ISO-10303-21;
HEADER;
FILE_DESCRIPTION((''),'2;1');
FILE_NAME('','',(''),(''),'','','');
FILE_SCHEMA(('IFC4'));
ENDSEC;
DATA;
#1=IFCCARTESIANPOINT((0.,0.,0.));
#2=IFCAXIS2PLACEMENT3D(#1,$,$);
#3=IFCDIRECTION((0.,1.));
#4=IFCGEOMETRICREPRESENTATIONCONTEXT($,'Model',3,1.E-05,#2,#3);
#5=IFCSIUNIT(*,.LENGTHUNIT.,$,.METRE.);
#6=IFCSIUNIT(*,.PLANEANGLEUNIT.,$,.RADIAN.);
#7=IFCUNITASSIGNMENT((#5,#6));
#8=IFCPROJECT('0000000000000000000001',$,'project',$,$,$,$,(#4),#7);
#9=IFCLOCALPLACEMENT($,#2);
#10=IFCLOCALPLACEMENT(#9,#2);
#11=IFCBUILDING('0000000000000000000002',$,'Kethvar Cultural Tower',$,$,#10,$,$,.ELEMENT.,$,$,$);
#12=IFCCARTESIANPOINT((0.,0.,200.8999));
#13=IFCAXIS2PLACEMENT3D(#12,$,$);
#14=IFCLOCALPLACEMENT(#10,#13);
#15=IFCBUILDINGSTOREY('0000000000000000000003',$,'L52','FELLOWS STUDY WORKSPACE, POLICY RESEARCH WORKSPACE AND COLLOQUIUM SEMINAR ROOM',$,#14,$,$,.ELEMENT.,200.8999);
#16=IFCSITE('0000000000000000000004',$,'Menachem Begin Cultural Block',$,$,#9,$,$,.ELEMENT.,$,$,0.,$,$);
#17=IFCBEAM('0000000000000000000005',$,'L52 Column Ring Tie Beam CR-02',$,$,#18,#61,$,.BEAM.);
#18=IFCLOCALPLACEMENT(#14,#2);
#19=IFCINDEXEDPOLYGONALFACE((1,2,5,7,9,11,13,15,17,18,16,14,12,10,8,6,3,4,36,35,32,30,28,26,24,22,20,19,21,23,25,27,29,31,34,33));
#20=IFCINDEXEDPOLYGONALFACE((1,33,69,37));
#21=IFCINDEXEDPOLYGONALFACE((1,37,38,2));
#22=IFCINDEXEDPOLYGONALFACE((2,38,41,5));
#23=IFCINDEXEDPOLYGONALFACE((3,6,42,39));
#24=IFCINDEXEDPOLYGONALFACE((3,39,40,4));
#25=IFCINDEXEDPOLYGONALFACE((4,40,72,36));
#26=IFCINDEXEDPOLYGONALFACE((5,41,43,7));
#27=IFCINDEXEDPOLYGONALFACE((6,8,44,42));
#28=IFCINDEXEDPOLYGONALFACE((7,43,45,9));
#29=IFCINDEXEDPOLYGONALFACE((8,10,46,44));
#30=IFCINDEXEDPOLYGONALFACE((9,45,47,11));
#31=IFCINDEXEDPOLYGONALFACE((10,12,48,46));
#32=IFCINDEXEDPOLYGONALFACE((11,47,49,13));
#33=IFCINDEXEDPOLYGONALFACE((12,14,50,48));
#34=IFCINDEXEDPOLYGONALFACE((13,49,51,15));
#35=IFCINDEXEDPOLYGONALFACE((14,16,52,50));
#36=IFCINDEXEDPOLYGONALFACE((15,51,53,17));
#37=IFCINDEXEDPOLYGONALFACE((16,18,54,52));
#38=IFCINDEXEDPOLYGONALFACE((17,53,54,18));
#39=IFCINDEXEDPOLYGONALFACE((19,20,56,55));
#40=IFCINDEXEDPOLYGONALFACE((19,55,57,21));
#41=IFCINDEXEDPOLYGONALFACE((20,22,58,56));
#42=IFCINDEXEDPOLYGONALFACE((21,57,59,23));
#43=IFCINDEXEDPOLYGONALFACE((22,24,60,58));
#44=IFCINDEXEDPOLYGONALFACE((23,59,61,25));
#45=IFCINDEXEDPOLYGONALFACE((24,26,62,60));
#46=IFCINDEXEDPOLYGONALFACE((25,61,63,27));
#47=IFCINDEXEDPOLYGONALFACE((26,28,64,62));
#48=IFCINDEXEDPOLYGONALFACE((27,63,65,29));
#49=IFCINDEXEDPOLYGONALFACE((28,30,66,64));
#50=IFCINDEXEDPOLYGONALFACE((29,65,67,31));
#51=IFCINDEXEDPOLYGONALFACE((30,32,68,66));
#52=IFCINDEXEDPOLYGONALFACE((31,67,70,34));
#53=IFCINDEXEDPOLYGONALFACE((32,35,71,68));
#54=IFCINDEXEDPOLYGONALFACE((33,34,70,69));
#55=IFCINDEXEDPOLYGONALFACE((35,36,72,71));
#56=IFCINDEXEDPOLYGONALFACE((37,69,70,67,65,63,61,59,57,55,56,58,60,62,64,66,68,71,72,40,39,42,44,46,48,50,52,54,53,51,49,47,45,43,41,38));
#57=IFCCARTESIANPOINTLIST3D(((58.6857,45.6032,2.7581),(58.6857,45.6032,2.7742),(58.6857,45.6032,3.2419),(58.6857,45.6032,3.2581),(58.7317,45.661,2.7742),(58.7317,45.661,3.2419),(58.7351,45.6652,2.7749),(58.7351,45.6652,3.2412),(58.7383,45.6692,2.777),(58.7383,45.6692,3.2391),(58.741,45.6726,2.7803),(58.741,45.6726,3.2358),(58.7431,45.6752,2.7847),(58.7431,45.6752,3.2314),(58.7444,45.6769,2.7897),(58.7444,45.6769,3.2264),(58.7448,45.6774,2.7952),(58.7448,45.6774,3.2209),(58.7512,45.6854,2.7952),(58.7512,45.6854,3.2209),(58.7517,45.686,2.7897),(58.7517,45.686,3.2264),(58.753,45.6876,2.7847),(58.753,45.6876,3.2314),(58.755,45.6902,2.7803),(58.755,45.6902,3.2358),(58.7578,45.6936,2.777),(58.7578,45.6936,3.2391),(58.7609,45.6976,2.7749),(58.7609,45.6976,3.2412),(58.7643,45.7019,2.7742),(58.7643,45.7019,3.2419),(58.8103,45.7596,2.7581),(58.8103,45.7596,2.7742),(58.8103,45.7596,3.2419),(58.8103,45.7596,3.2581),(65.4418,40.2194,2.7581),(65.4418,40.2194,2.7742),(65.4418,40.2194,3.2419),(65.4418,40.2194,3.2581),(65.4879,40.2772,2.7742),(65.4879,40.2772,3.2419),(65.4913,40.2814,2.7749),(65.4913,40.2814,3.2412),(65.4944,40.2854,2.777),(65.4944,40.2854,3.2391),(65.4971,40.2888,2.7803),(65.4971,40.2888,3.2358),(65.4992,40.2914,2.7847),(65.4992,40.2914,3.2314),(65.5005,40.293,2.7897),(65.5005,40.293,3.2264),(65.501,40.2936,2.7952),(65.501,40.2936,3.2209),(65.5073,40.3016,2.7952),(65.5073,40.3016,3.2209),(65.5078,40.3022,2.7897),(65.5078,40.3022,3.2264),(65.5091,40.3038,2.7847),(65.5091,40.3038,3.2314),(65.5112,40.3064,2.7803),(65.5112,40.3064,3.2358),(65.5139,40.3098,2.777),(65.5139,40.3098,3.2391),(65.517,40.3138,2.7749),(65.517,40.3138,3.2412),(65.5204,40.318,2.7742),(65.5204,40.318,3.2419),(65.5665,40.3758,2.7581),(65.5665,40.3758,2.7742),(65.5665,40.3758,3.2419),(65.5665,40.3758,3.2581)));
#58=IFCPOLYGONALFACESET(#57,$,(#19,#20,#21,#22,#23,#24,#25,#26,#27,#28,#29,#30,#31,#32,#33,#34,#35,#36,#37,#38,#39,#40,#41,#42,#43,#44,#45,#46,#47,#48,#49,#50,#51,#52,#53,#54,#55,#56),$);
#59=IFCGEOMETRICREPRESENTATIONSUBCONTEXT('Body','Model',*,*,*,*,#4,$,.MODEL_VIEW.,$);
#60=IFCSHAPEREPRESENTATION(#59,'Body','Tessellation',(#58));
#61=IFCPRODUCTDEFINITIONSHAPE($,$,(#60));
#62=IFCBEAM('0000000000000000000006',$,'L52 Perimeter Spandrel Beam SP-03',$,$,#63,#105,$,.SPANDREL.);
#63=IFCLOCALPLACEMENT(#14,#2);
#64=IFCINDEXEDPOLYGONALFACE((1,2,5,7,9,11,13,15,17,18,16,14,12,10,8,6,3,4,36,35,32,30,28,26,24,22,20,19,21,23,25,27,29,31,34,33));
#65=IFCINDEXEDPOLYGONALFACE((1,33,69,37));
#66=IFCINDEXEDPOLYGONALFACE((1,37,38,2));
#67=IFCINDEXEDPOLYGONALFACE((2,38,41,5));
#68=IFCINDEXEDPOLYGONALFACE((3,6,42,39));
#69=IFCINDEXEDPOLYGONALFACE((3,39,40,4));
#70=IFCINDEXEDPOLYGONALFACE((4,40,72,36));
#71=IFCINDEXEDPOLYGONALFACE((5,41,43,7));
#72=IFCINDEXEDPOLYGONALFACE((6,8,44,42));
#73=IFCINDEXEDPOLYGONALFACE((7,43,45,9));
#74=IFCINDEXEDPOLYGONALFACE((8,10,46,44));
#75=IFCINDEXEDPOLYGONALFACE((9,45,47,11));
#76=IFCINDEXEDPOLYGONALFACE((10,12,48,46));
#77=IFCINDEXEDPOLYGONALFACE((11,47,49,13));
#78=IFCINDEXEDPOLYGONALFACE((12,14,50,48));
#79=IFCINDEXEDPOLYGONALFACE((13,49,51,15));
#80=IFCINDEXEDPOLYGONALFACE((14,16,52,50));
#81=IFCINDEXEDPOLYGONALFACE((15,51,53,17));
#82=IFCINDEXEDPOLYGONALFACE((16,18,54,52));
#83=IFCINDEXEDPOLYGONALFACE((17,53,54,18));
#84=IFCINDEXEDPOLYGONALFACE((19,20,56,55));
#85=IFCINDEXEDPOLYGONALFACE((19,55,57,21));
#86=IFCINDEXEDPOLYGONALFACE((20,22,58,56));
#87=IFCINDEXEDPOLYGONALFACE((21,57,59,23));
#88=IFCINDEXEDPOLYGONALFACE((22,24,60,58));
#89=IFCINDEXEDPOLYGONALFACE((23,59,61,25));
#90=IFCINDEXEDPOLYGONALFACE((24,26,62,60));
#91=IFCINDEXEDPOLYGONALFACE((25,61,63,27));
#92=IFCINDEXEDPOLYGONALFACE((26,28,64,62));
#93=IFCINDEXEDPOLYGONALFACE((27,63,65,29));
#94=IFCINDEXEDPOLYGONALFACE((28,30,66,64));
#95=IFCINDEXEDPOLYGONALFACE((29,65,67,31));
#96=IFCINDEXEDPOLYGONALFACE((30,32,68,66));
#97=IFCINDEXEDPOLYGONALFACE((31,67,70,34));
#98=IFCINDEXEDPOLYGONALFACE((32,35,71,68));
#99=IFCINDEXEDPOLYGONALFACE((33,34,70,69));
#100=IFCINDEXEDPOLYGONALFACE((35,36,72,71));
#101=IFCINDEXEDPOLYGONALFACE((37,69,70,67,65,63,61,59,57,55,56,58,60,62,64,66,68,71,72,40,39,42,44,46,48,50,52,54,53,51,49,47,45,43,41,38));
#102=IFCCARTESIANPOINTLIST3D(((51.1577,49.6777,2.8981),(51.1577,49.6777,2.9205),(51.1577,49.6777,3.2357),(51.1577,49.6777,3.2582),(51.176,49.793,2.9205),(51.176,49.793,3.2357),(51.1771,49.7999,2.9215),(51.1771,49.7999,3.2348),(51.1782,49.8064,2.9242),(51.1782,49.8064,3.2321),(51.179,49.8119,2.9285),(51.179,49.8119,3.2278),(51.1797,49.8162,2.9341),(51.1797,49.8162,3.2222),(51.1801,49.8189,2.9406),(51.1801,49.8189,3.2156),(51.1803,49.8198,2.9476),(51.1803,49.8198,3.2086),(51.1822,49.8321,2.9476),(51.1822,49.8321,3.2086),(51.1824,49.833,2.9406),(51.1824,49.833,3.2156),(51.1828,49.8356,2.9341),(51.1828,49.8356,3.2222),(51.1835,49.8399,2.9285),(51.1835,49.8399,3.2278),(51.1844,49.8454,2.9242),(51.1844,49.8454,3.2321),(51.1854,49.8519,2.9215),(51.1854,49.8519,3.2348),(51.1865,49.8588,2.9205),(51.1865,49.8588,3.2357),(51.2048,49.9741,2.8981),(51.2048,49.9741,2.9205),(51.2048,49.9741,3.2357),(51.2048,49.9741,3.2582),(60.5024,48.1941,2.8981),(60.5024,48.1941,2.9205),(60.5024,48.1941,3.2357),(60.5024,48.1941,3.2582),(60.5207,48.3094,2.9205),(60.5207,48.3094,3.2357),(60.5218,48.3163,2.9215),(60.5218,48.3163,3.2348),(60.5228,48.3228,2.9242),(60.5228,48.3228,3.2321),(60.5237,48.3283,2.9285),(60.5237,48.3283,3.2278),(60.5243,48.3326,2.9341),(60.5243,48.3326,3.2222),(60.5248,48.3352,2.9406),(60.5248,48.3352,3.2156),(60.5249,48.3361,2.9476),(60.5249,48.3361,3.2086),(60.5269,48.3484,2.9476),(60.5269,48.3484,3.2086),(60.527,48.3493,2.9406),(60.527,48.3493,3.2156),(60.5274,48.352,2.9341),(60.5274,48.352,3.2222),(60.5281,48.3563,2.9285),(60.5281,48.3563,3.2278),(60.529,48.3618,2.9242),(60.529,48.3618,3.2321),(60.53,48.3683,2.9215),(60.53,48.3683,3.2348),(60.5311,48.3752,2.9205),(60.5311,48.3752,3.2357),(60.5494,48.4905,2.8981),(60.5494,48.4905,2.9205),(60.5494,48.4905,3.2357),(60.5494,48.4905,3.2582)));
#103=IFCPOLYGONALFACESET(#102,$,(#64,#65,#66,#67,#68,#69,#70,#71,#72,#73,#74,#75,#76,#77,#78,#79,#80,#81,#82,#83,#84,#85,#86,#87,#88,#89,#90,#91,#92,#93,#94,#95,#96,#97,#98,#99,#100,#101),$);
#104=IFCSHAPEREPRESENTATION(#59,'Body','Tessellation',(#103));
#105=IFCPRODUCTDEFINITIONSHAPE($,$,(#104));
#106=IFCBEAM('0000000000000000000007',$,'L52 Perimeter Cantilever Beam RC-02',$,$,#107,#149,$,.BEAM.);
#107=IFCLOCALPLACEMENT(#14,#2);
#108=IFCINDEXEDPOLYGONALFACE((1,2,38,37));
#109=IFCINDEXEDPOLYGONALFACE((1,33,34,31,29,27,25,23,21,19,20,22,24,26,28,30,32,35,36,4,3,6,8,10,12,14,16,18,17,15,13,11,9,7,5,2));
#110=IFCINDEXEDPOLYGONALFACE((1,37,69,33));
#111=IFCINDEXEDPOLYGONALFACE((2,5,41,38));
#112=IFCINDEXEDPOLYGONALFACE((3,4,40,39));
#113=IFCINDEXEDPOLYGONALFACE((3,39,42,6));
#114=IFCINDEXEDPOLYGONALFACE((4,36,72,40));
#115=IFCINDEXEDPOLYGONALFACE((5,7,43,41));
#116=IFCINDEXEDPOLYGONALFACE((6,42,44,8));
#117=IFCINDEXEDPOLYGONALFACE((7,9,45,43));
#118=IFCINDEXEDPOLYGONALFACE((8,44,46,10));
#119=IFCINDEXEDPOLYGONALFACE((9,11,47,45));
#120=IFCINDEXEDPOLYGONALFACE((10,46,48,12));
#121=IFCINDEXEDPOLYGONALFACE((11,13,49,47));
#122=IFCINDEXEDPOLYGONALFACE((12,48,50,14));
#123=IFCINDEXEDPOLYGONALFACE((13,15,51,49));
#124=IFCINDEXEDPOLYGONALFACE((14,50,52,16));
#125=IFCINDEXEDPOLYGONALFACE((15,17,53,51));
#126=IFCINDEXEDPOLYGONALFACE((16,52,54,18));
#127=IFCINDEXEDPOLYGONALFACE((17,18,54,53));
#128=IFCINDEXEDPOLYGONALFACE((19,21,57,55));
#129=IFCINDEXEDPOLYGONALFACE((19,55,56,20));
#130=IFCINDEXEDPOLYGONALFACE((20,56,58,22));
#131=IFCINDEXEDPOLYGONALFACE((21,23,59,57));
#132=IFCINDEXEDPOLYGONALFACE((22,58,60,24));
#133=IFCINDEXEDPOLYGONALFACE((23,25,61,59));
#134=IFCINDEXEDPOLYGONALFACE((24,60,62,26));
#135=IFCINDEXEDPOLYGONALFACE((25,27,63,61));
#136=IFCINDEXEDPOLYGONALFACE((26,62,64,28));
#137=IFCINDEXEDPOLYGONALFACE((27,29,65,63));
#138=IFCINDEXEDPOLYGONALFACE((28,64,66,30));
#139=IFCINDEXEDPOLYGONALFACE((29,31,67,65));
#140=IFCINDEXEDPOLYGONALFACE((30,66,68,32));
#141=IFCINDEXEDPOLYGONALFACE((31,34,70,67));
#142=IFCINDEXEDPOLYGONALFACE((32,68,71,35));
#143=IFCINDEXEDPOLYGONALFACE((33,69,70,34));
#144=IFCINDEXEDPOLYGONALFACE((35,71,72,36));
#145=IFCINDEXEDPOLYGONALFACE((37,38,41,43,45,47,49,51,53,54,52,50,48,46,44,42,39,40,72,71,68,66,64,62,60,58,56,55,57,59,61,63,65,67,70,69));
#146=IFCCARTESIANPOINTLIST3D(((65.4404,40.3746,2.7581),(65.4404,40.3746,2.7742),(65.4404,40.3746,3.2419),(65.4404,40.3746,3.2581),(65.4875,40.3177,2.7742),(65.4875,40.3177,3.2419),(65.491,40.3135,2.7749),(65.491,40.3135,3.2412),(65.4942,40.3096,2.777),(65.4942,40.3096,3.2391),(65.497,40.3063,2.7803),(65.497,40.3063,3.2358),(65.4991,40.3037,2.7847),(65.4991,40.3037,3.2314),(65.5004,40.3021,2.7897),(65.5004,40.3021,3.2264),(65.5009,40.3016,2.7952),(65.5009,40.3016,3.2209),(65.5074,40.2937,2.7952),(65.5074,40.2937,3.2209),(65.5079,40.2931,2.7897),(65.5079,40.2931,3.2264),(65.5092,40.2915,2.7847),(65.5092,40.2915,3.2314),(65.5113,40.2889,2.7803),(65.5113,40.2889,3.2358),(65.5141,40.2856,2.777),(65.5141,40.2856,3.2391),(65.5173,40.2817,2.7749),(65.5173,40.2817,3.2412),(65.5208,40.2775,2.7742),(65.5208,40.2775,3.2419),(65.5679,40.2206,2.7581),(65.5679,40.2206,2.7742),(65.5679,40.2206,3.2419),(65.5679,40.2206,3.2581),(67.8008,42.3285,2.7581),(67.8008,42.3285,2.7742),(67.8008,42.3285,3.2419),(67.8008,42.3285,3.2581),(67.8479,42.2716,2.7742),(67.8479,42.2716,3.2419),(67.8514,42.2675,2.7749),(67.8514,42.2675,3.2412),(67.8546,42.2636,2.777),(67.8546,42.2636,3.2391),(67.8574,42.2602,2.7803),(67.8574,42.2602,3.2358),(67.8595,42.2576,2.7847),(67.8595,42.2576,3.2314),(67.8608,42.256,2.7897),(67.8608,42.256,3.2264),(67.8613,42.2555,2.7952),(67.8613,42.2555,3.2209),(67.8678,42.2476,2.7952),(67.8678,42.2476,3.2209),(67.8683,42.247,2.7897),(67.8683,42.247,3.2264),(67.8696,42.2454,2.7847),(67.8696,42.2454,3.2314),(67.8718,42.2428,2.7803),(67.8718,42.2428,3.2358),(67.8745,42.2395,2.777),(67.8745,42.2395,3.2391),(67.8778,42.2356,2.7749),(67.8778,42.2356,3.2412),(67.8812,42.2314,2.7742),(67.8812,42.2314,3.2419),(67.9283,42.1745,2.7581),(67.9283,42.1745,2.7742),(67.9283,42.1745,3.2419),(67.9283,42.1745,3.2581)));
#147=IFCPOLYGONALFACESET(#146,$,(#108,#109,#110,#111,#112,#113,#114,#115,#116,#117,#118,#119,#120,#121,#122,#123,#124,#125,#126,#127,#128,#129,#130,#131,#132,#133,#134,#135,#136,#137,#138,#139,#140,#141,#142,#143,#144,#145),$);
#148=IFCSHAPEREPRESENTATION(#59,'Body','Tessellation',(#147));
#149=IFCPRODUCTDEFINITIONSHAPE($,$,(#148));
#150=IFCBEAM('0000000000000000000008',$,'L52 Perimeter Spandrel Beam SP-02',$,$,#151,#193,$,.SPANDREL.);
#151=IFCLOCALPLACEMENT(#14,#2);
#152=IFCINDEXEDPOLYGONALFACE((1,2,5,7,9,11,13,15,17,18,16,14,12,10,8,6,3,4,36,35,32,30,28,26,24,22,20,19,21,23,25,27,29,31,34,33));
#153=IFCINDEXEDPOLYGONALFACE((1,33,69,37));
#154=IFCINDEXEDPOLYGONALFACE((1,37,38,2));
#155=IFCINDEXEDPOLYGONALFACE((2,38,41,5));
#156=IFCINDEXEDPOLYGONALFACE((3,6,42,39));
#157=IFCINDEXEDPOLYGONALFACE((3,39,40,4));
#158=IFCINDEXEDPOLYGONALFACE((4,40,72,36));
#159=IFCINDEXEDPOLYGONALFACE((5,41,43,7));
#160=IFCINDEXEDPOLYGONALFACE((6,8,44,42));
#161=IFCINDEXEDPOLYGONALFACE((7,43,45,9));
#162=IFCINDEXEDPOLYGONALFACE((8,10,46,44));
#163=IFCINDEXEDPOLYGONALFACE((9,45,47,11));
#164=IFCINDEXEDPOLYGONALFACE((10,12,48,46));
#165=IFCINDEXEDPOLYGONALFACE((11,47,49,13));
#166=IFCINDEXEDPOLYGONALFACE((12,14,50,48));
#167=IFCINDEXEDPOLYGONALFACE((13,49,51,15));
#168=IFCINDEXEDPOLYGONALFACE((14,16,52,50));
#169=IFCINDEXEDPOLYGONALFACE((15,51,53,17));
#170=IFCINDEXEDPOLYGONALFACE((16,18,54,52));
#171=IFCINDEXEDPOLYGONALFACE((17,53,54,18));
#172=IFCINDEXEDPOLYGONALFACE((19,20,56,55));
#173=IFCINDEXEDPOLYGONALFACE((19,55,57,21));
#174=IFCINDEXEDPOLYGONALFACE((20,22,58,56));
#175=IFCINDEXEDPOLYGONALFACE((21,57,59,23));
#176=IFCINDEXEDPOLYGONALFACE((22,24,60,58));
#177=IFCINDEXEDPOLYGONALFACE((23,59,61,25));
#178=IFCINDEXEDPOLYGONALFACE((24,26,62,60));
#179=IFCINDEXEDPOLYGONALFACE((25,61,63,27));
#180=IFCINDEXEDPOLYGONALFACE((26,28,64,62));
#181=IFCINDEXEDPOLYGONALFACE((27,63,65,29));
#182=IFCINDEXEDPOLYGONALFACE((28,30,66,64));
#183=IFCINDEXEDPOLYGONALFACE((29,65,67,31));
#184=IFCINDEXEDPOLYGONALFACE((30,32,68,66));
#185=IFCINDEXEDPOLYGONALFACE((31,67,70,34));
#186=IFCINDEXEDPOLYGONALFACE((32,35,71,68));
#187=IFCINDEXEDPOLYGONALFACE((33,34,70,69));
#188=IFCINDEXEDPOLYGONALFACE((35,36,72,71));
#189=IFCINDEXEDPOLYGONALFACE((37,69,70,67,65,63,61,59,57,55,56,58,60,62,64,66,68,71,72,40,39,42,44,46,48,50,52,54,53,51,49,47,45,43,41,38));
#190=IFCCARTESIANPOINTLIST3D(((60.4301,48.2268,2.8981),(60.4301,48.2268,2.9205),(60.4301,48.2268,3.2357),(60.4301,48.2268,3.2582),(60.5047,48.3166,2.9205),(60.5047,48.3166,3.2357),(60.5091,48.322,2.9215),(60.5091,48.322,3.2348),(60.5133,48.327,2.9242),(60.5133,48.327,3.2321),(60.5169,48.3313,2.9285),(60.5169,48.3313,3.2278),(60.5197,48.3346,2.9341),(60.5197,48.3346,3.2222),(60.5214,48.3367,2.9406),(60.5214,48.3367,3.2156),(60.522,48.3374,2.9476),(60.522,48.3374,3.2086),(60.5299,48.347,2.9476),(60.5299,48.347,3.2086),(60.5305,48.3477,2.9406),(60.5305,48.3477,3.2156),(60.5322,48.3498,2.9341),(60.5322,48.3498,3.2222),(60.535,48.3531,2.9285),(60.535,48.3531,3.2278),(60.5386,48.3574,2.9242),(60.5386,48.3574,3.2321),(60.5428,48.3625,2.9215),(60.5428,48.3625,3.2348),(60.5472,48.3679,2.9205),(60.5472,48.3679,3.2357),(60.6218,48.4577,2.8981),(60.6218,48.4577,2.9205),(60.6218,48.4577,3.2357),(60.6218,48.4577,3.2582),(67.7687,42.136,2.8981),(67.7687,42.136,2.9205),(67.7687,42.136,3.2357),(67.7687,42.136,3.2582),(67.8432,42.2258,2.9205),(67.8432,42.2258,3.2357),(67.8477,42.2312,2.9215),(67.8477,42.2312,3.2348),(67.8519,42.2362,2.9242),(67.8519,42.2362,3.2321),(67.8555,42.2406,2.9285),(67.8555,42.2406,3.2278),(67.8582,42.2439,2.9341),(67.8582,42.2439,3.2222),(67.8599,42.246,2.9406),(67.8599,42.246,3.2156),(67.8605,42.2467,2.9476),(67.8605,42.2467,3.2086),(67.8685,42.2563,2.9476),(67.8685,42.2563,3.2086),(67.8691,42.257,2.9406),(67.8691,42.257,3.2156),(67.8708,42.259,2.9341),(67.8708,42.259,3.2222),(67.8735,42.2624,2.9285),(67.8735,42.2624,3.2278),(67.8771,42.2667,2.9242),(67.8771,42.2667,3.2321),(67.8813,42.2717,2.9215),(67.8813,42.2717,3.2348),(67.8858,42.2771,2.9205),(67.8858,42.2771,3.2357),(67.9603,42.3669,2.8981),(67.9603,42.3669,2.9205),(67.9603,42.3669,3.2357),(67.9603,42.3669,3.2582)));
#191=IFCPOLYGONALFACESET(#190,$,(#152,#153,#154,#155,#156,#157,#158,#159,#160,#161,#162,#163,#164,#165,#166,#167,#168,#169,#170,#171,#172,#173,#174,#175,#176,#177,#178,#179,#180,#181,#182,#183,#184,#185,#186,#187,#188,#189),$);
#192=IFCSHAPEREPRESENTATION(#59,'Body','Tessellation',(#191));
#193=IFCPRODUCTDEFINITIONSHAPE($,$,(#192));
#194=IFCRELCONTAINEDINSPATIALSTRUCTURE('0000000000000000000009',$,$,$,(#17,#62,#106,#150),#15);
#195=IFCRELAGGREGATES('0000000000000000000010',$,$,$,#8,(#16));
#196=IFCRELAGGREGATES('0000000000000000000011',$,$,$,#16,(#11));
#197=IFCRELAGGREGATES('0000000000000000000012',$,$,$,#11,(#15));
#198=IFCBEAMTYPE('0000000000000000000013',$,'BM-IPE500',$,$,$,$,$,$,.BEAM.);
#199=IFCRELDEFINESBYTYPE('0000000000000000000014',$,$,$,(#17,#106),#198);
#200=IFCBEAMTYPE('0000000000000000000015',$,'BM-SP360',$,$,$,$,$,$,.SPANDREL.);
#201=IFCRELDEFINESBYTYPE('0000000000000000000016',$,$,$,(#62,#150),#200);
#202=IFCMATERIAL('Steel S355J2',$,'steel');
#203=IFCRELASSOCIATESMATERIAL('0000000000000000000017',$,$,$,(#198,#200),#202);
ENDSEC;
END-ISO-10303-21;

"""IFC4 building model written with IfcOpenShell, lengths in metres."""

from ifc_helpers import new_model, si_unit, direction, frame, origin, origin_2d, place, context, subcontext, project, spatial, i_section, extrude, source, transform, mapped, material, material_profile, profile_set, type_object, element, save


model = new_model("IFC4")

# Units and contexts
model_context = context("Model", 3, precision=1e-05, world=origin(), true_north=direction((0.0, 1.0)))
body_context = subcontext(model_context, "Body", "Model", "MODEL_VIEW")
ifc_project = project(units=[si_unit("LENGTHUNIT", "METRE"), si_unit("PLANEANGLEUNIT", "RADIAN")], contexts=[model_context])

# Site, building, storey
site_placement = place(None, origin())
site = spatial("IfcSite", under=ifc_project, at=site_placement, Name="Menachem Begin Cultural Block", CompositionType="ELEMENT", RefElevation=0.0)
building_placement = place(site_placement, origin())
building = spatial("IfcBuilding", under=site, at=building_placement, Name="Kethvar Cultural Tower", CompositionType="ELEMENT")
storey_placement = place(building_placement, frame((0.0, 0.0, 200.8999)))
storey = spatial("IfcBuildingStorey", under=building, at=storey_placement, Name="L52", Description="FELLOWS STUDY WORKSPACE, POLICY RESEARCH WORKSPACE AND COLLOQUIUM SEMINAR ROOM", CompositionType="ELEMENT", Elevation=200.8999)

# Beams
ifc_material_1 = material(Name="Steel S355J2", Category="steel")
ifc_material_profile_1 = material_profile(ifc_material_1, i_section(OverallWidth=0.2, OverallDepth=0.5, WebThickness=0.0103, FlangeThickness=0.0161, FilletRadius=0.021, at=origin_2d()), Name="Steel S355J2 — IPE500")
ifc_profile_set_1 = profile_set([ifc_material_profile_1], Name="Steel S355J2 — IPE500")
beam_type_1 = type_object("IfcBeamType", Name="BM-IPE500", PredefinedType="BEAM", material=ifc_profile_set_1)
shared_shape_1 = source(origin(), body_context, "Body", "SweptSolid", [
    extrude(i_section(OverallWidth=0.2, OverallDepth=0.5, WebThickness=0.0103, FlangeThickness=0.0161, FilletRadius=0.021, at=origin_2d()), origin(), (0.0, 0.0, 1.0), 8.6389),
])
beam_1_placement = place(storey_placement, frame((65.5042, 40.2976, 3.0081), z_axis=(-0.782058, 0.623205, 0.0), x_axis=(-0.623205, -0.782058, 0.0)))
element("IfcBeam", 1, at=beam_1_placement, inside=storey, type_object=beam_type_1, Name="L52 Column Ring Tie Beam CR-02", PredefinedType="BEAM", context=body_context, shape_type="MappedRepresentation", body=[
    mapped(shared_shape_1, transform((0.0, 0.0, 0.0), scale=1.0)),
])
ifc_material_profile_2 = material_profile(ifc_material_1, i_section(OverallWidth=0.3, OverallDepth=0.3601, WebThickness=0.0125, FlangeThickness=0.0225, FilletRadius=0.0271, at=origin_2d()), Name="Steel S355J2 — HEB360")
ifc_profile_set_2 = profile_set([ifc_material_profile_2], Name="Steel S355J2 — HEB360")
beam_type_2 = type_object("IfcBeamType", Name="BM-SP360", PredefinedType="SPANDREL", material=ifc_profile_set_2)
shared_shape_2 = source(origin(), body_context, "Body", "SweptSolid", [
    extrude(i_section(OverallWidth=0.3, OverallDepth=0.3601, WebThickness=0.0125, FlangeThickness=0.0225, FilletRadius=0.0271, at=origin_2d()), origin(), (0.0, 0.0, 1.0), 9.4617),
])
beam_2_placement = place(storey_placement, frame((60.5259, 48.3423, 3.0781), z_axis=(-0.98763, 0.156804, 0.0), x_axis=(-0.156804, -0.98763, 0.0)))
element("IfcBeam", 2, at=beam_2_placement, inside=storey, type_object=beam_type_2, Name="L52 Perimeter Spandrel Beam SP-03", PredefinedType="SPANDREL", context=body_context, shape_type="MappedRepresentation", body=[
    mapped(shared_shape_2, transform((0.0, 0.0, 0.0), scale=1.0)),
])
shared_shape_3 = source(origin(), body_context, "Body", "SweptSolid", [
    extrude(i_section(OverallWidth=0.2, OverallDepth=0.5, WebThickness=0.0103, FlangeThickness=0.0161, FilletRadius=0.021, at=origin_2d()), origin(), (0.0, 0.0, 1.0), 3.0642),
])
beam_3_placement = place(storey_placement, frame((65.5042, 40.2976, 3.0081), z_axis=(0.77032, 0.637657, 0.0), x_axis=(-0.637657, 0.77032, 0.0)))
element("IfcBeam", 3, at=beam_3_placement, inside=storey, type_object=beam_type_1, Name="L52 Perimeter Cantilever Beam RC-02", PredefinedType="BEAM", context=body_context, shape_type="MappedRepresentation", body=[
    mapped(shared_shape_3, transform((0.0, 0.0, 0.0), scale=1.0)),
])
shared_shape_4 = source(origin(), body_context, "Body", "SweptSolid", [
    extrude(i_section(OverallWidth=0.3, OverallDepth=0.3601, WebThickness=0.0125, FlangeThickness=0.0225, FilletRadius=0.0271, at=origin_2d()), origin(), (0.0, 0.0, 1.0), 9.5369),
])
beam_4_placement = place(storey_placement, frame((67.8645, 42.2515, 3.0781), z_axis=(-0.769493, 0.638655, 0.0), x_axis=(-0.638655, -0.769493, 0.0)))
element("IfcBeam", 4, at=beam_4_placement, inside=storey, type_object=beam_type_2, Name="L52 Perimeter Spandrel Beam SP-02", PredefinedType="SPANDREL", context=body_context, shape_type="MappedRepresentation", body=[
    mapped(shared_shape_4, transform((0.0, 0.0, 0.0), scale=1.0)),
])

save(model, "model.ifc")
